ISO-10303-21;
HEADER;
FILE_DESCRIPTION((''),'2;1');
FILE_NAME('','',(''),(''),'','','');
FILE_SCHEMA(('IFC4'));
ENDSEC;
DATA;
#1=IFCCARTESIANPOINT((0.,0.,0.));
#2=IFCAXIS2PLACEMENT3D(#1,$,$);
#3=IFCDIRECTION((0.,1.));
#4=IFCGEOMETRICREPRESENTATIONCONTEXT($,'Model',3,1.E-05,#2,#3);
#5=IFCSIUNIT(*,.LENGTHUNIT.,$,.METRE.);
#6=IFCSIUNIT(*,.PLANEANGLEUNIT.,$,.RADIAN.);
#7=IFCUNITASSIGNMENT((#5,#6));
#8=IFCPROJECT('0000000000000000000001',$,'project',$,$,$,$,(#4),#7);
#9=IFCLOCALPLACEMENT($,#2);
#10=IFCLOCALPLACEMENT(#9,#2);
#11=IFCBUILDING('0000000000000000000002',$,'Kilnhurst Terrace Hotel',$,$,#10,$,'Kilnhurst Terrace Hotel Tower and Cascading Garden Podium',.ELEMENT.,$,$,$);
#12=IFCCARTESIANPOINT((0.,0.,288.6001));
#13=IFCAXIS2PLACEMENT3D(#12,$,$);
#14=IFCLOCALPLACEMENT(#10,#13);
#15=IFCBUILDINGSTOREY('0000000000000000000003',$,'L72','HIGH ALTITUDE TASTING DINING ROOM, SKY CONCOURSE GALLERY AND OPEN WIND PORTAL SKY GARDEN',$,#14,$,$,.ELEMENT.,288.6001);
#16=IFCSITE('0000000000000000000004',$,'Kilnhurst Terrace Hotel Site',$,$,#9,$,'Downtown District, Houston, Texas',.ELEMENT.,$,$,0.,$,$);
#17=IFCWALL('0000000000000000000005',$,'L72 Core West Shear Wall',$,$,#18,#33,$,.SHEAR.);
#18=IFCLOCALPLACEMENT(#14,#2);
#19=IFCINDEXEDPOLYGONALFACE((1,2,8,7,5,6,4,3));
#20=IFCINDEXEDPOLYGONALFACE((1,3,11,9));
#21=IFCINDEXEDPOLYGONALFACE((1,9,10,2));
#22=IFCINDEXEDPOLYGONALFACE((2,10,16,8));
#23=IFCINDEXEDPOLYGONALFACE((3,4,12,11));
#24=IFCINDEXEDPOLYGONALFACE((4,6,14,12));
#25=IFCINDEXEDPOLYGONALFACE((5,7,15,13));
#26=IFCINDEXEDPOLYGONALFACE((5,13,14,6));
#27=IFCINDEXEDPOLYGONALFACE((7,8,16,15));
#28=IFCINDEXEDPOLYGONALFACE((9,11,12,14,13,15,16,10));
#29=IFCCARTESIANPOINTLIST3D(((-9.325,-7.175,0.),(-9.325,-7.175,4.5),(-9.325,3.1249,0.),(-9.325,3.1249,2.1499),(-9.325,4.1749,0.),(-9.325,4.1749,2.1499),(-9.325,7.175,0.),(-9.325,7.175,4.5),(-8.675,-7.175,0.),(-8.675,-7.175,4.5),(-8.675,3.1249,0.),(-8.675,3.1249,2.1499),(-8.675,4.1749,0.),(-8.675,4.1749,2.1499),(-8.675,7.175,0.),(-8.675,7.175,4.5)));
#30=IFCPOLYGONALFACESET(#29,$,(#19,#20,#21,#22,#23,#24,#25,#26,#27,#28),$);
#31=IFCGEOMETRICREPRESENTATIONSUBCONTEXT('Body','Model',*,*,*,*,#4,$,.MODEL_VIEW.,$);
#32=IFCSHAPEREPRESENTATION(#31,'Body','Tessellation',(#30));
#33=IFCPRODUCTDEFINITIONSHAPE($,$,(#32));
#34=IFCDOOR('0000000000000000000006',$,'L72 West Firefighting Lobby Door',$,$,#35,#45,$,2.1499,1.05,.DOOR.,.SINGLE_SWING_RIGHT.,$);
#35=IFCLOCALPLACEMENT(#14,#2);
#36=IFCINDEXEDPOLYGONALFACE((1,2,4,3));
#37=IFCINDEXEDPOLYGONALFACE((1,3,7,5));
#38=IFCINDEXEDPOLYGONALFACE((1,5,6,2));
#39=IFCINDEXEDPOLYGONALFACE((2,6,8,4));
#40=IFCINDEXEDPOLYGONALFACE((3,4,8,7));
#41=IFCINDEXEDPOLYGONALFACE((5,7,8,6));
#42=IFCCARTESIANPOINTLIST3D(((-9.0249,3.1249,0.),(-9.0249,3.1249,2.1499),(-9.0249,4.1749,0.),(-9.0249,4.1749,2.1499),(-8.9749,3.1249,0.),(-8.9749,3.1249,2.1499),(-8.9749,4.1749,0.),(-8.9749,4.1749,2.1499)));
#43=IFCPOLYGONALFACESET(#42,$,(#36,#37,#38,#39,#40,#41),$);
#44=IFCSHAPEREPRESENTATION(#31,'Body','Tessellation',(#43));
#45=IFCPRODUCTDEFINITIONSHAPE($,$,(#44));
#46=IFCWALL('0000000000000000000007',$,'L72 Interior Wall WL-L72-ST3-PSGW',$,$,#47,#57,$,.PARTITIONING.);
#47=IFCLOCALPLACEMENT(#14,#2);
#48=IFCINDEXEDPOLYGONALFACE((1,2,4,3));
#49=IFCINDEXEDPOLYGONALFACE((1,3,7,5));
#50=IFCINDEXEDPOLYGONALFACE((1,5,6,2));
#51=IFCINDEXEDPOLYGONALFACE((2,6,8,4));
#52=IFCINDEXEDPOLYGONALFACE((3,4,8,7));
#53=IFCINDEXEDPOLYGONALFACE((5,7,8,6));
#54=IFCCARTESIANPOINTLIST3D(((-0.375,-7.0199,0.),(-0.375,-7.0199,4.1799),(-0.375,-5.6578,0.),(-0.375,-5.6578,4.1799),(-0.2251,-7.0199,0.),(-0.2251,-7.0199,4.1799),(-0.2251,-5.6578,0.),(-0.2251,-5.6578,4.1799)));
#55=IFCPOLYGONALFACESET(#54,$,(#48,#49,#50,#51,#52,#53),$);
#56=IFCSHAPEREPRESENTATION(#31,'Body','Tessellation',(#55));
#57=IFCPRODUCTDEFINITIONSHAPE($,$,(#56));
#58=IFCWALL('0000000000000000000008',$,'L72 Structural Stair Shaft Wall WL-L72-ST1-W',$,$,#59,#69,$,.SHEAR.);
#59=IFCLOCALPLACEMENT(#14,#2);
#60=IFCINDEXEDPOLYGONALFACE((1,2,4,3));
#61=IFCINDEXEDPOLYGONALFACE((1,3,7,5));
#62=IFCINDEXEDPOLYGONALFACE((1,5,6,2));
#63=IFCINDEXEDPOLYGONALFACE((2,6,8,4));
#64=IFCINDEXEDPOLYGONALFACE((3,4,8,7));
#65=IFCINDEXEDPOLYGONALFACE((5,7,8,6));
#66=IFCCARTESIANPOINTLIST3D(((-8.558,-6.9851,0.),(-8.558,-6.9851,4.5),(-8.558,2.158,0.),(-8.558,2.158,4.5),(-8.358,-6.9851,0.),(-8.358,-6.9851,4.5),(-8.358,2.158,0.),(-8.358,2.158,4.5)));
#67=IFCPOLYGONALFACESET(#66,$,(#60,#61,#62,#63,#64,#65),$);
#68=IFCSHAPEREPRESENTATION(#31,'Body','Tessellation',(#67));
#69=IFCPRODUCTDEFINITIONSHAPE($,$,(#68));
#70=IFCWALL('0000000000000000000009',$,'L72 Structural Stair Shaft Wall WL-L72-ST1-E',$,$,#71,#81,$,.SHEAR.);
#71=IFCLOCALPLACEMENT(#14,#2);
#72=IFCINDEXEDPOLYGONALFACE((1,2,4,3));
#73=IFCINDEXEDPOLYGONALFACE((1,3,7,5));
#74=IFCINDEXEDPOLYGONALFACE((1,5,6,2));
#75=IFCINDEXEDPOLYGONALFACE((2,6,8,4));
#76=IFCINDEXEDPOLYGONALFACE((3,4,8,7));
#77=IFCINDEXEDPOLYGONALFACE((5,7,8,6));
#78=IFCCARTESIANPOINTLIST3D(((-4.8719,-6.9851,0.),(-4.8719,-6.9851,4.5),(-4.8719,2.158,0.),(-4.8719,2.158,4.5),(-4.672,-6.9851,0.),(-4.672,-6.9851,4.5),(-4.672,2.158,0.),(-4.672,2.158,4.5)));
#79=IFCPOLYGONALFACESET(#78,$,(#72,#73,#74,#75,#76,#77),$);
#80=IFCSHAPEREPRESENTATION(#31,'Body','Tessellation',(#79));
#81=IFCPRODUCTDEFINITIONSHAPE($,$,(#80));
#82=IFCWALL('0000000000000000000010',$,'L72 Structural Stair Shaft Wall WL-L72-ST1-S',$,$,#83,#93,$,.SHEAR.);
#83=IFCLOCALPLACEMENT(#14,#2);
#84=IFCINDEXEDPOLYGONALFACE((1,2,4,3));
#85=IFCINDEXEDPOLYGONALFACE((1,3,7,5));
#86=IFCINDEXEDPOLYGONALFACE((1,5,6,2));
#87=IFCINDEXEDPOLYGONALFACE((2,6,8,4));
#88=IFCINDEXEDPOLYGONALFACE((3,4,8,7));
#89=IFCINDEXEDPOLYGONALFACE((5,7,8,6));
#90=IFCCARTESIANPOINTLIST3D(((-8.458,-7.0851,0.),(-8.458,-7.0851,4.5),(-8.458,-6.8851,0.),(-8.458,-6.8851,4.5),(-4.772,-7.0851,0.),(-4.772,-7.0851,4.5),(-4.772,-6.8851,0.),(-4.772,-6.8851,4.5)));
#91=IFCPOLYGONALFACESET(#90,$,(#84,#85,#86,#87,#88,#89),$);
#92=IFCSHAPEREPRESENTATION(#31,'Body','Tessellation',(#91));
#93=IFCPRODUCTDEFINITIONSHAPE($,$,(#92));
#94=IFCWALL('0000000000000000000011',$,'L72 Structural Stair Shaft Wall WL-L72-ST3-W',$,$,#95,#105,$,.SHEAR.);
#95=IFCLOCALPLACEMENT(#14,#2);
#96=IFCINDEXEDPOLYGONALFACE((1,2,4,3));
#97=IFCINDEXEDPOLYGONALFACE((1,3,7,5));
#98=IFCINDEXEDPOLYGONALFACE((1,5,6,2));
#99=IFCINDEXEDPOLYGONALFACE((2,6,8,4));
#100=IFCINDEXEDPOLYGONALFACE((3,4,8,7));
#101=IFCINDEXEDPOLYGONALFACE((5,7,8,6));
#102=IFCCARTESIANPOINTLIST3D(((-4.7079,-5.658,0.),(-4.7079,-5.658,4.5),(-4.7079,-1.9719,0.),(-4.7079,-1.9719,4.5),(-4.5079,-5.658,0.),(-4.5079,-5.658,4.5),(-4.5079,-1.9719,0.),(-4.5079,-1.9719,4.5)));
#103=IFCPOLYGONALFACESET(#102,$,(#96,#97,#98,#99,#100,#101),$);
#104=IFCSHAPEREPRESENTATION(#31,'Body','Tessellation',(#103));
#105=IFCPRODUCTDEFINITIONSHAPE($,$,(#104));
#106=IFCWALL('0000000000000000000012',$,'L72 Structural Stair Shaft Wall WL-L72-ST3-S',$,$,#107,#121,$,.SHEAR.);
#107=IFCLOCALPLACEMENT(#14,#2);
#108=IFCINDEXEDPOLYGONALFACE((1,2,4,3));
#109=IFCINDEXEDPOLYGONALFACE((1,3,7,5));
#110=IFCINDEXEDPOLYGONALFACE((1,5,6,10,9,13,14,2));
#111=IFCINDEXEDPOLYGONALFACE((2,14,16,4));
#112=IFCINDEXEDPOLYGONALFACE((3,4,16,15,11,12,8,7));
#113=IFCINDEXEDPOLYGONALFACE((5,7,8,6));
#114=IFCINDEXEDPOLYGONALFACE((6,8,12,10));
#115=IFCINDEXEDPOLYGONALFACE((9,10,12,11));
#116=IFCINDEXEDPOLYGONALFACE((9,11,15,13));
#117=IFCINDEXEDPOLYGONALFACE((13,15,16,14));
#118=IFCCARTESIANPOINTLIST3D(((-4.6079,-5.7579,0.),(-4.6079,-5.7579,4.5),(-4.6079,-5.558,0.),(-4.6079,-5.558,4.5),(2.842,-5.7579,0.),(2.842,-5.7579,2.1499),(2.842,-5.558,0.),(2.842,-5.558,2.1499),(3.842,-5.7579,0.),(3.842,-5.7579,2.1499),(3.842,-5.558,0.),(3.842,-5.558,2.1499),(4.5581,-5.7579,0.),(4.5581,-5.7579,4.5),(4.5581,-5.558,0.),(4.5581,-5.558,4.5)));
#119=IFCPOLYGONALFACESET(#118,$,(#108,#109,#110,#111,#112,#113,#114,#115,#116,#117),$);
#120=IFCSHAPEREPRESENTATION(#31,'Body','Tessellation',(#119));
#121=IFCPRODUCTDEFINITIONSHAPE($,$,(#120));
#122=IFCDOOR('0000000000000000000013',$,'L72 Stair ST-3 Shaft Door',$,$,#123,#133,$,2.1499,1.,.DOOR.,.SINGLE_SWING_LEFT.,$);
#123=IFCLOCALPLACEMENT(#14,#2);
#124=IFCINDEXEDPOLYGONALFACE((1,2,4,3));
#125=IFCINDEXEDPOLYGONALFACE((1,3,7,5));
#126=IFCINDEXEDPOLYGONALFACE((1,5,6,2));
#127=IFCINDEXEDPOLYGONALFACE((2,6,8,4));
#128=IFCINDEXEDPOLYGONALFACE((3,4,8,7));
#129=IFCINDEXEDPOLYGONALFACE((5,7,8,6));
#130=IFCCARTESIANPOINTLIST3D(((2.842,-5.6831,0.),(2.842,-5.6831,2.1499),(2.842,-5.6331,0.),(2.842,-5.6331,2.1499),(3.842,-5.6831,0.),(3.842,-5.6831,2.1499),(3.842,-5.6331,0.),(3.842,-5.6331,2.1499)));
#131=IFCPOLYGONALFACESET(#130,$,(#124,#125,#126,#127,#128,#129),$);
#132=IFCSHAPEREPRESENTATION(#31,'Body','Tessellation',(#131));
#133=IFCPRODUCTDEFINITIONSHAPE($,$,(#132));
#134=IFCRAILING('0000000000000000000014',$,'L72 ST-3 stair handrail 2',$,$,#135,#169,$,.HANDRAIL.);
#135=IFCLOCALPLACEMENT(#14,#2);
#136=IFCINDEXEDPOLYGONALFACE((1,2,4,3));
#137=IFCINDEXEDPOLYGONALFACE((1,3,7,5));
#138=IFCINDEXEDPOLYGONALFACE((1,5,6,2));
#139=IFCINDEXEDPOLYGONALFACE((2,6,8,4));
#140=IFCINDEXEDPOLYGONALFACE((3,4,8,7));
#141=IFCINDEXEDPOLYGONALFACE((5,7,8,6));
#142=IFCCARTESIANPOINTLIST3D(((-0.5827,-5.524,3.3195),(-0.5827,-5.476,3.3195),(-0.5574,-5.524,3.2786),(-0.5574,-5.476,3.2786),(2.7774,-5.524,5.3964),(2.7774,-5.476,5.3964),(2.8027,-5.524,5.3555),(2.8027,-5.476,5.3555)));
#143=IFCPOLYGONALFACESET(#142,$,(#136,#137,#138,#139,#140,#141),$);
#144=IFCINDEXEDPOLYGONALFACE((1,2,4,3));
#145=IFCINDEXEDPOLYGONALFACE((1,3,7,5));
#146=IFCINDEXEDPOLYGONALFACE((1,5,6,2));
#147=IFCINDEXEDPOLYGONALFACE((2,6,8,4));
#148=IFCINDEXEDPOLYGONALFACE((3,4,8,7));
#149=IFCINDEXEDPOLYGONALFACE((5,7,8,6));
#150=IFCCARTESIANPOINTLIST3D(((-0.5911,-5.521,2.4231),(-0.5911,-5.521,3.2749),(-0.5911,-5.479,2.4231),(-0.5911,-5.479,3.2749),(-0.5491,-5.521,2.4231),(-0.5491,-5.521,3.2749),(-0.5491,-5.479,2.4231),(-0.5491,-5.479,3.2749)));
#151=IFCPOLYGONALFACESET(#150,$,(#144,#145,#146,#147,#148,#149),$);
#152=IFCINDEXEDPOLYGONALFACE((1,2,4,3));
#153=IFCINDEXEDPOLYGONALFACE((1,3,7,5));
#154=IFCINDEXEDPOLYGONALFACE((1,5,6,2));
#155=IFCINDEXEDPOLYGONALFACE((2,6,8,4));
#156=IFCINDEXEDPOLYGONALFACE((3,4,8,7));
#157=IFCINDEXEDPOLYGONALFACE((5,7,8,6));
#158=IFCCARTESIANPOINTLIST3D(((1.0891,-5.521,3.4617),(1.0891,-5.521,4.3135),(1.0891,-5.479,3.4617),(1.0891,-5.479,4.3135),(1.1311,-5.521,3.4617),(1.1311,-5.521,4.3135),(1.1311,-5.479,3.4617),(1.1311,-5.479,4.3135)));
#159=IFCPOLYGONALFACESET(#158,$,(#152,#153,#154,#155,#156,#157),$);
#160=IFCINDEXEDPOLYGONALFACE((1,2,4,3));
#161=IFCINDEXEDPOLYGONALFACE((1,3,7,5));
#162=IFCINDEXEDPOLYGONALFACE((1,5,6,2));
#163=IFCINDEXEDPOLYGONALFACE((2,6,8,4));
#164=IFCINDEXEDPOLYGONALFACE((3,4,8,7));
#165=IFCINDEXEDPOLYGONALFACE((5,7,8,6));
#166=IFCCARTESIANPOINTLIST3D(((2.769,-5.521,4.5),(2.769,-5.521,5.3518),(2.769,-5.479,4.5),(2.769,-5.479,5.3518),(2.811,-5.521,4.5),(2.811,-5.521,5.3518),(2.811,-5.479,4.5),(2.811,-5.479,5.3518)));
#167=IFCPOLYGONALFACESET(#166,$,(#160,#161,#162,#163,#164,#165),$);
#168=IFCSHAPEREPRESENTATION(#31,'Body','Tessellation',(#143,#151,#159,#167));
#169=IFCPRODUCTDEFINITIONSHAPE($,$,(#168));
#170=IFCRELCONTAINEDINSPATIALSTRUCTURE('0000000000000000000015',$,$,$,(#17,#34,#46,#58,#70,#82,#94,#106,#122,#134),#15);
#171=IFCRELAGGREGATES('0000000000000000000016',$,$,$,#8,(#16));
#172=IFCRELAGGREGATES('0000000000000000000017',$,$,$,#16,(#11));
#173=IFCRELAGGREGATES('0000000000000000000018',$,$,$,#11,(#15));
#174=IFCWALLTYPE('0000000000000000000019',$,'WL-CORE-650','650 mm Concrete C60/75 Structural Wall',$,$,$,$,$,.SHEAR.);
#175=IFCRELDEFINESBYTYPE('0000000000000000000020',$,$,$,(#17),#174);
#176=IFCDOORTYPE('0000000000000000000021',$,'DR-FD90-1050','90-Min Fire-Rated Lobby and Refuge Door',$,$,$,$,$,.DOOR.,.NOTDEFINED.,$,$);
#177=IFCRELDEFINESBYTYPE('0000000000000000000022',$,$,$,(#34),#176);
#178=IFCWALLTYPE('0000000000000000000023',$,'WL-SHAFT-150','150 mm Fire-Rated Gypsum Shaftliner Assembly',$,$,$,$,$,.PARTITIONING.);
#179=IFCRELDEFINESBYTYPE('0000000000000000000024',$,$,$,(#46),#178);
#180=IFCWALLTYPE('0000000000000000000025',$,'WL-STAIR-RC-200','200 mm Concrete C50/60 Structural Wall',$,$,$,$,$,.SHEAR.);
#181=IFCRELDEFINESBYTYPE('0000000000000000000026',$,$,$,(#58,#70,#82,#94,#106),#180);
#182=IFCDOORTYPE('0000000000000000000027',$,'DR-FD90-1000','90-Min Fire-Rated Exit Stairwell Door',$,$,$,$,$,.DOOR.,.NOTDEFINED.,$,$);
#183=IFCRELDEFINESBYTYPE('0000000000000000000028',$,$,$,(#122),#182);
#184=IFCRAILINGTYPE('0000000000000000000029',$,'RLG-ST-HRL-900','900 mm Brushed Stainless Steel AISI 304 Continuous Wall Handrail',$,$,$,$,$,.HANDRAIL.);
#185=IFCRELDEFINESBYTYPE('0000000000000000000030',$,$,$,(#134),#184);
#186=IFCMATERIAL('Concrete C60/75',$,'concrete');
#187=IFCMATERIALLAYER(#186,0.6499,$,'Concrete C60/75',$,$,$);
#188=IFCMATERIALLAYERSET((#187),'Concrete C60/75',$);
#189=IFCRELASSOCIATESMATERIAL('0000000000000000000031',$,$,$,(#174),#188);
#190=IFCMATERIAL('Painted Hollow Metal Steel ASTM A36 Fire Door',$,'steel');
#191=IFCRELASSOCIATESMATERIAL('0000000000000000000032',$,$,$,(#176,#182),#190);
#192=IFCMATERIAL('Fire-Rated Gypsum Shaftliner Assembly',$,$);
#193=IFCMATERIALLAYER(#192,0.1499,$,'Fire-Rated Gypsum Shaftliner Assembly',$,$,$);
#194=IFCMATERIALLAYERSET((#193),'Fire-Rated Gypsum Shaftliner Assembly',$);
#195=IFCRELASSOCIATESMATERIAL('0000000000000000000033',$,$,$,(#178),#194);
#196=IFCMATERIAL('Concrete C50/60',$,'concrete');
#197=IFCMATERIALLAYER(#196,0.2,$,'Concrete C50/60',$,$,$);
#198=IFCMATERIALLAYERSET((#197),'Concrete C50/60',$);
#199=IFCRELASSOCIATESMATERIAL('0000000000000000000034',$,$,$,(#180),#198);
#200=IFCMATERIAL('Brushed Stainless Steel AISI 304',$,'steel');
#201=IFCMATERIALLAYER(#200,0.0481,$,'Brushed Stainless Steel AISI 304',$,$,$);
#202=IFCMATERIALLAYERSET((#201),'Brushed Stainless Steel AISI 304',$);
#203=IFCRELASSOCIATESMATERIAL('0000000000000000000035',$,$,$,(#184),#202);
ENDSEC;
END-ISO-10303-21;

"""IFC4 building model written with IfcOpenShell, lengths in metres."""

from ifc_helpers import new_model, si_unit, direction, frame, frame_2d, origin, origin_2d, place, context, subcontext, project, spatial, rectangle, extrude, material, layer, layer_set, type_object, element, fill, save


model = new_model("IFC4")

# Units and contexts
model_context = context("Model", 3, precision=1e-05, world=origin(), true_north=direction((0.0, 1.0)))
body_context = subcontext(model_context, "Body", "Model", "MODEL_VIEW")
ifc_project = project(units=[si_unit("LENGTHUNIT", "METRE"), si_unit("PLANEANGLEUNIT", "RADIAN")], contexts=[model_context])

# Site, building, storey
site_placement = place(None, origin())
site = spatial("IfcSite", under=ifc_project, at=site_placement, Name="Kilnhurst Terrace Hotel Site", LongName="Downtown District, Houston, Texas", CompositionType="ELEMENT", RefElevation=0.0)
building_placement = place(site_placement, origin())
building = spatial("IfcBuilding", under=site, at=building_placement, Name="Kilnhurst Terrace Hotel", LongName="Kilnhurst Terrace Hotel Tower and Cascading Garden Podium", CompositionType="ELEMENT")
storey_placement = place(building_placement, frame((0.0, 0.0, 288.6001)))
storey = spatial("IfcBuildingStorey", under=building, at=storey_placement, Name="L72", Description="HIGH ALTITUDE TASTING DINING ROOM, SKY CONCOURSE GALLERY AND OPEN WIND PORTAL SKY GARDEN", CompositionType="ELEMENT", Elevation=288.6001)

# Shared definitions
ifc_material_1 = material(Name="Concrete C60/75", Category="concrete")

# Shared definitions
ifc_material_2 = material(Name="Concrete C50/60", Category="concrete")

# Wall, opening, door
ifc_layer_1 = layer(ifc_material_1, 0.6499, Name="Concrete C60/75")
ifc_layer_set_1 = layer_set([ifc_layer_1], Name="Concrete C60/75")
wall_type_1 = type_object("IfcWallType", Name="WL-CORE-650", Description="650 mm Concrete C60/75 Structural Wall", PredefinedType="SHEAR", material=ifc_layer_set_1)
wall_1_placement = place(storey_placement, frame((-9.0, -7.175, 0.0), z_axis=(0.0, 0.0, 1.0), x_axis=(0.0, 1.0, 0.0)))
wall_1 = element("IfcWall", 1, at=wall_1_placement, inside=storey, type_object=wall_type_1, Name="L72 Core West Shear Wall", PredefinedType="SHEAR", context=body_context, shape_type="SweptSolid", body=[
    extrude(rectangle(XDim=14.3501, YDim=0.6499, at=frame_2d((7.175, 0.0))), origin(), (0.0, 0.0, 1.0), 4.5),
])
opening_1_placement = place(wall_1_placement, frame((10.3, 0.0, 0.0)))
opening_1 = element("IfcOpeningElement", 2, at=opening_1_placement, cuts=wall_1, PredefinedType="OPENING", context=body_context, shape_type="SweptSolid", body=[
    extrude(rectangle(XDim=1.05, YDim=2.1499, at=frame_2d((0.5249, 1.075))), frame((0.0, 0.335, 0.0), z_axis=(0.0, -1.0, 0.0), x_axis=(1.0, 0.0, 0.0)), (0.0, 0.0, 1.0), 0.6699),
])
ifc_material_3 = material(Name="Painted Hollow Metal Steel ASTM A36 Fire Door", Category="steel")
door_type_1 = type_object("IfcDoorType", Name="DR-FD90-1050", Description="90-Min Fire-Rated Lobby and Refuge Door", OperationType="NOTDEFINED", PredefinedType="DOOR", material=ifc_material_3)
door_1_placement = place(opening_1_placement, origin())
door_1 = element("IfcDoor", 3, at=door_1_placement, inside=storey, type_object=door_type_1, Name="L72 West Firefighting Lobby Door", OperationType="SINGLE_SWING_RIGHT", OverallHeight=2.1499, OverallWidth=1.05, PredefinedType="DOOR", context=body_context, shape_type="SweptSolid", body=[
    extrude(rectangle(XDim=1.05, YDim=2.1499, at=frame_2d((0.5249, 1.075))), frame((0.0, 0.0249, 0.0), z_axis=(0.0, -1.0, 0.0), x_axis=(1.0, 0.0, 0.0)), (0.0, 0.0, 1.0), 0.05),
])
fill(opening_1, door_1)

# Walls
ifc_material_4 = material(Name="Fire-Rated Gypsum Shaftliner Assembly")
ifc_layer_2 = layer(ifc_material_4, 0.1499, Name="Fire-Rated Gypsum Shaftliner Assembly")
ifc_layer_set_2 = layer_set([ifc_layer_2], Name="Fire-Rated Gypsum Shaftliner Assembly")
wall_type_2 = type_object("IfcWallType", Name="WL-SHAFT-150", Description="150 mm Fire-Rated Gypsum Shaftliner Assembly", PredefinedType="PARTITIONING", material=ifc_layer_set_2)
wall_2_placement = place(storey_placement, frame((-0.3, -7.02, 0.0), z_axis=(0.0, 0.0, 1.0), x_axis=(0.0, 1.0, 0.0)))
element("IfcWall", 4, at=wall_2_placement, inside=storey, type_object=wall_type_2, Name="L72 Interior Wall WL-L72-ST3-PSGW", PredefinedType="PARTITIONING", context=body_context, shape_type="SweptSolid", body=[
    extrude(rectangle(XDim=1.3621, YDim=0.1499, at=frame_2d((0.6812, 0.0))), origin(), (0.0, 0.0, 1.0), 4.1799),
])
ifc_layer_3 = layer(ifc_material_2, 0.2, Name="Concrete C50/60")
ifc_layer_set_3 = layer_set([ifc_layer_3], Name="Concrete C50/60")
wall_type_3 = type_object("IfcWallType", Name="WL-STAIR-RC-200", Description="200 mm Concrete C50/60 Structural Wall", PredefinedType="SHEAR", material=ifc_layer_set_3)
for number, where, z_axis, x_axis, name in (
    (5, (-8.458, -6.9851, 0.0), (0.0, 0.0, 1.0), (0.0, 1.0, 0.0), "L72 Structural Stair Shaft Wall WL-L72-ST1-W"),
    (6, (-4.772, -6.9851, 0.0), (0.0, 0.0, 1.0), (0.0, 1.0, 0.0), "L72 Structural Stair Shaft Wall WL-L72-ST1-E"),
):
    element("IfcWall", number, at=place(storey_placement, frame(where, z_axis=z_axis, x_axis=x_axis)), inside=storey, type_object=wall_type_3, Name=name, PredefinedType="SHEAR", context=body_context, shape_type="SweptSolid", body=[
        extrude(rectangle(XDim=9.1431, YDim=0.2, at=frame_2d((4.5715, 0.0))), origin(), (0.0, 0.0, 1.0), 4.5),
    ])
for number, where, z_axis, x_axis, name in (
    (7, (-8.458, -6.9851, 0.0), (0.0, 0.0, 1.0), (1.0, 0.0, 0.0), "L72 Structural Stair Shaft Wall WL-L72-ST1-S"),
    (8, (-4.6079, -5.658, 0.0), (0.0, 0.0, 1.0), (0.0, 1.0, 0.0), "L72 Structural Stair Shaft Wall WL-L72-ST3-W"),
):
    element("IfcWall", number, at=place(storey_placement, frame(where, z_axis=z_axis, x_axis=x_axis)), inside=storey, type_object=wall_type_3, Name=name, PredefinedType="SHEAR", context=body_context, shape_type="SweptSolid", body=[
        extrude(rectangle(XDim=3.686, YDim=0.2, at=frame_2d((1.843, 0.0))), origin(), (0.0, 0.0, 1.0), 4.5),
    ])

# Wall, opening, door
wall_3_placement = place(storey_placement, frame((-4.6079, -5.658, 0.0), z_axis=(0.0, 0.0, 1.0), x_axis=(1.0, 0.0, 0.0)))
wall_3 = element("IfcWall", 9, at=wall_3_placement, inside=storey, type_object=wall_type_3, Name="L72 Structural Stair Shaft Wall WL-L72-ST3-S", PredefinedType="SHEAR", context=body_context, shape_type="SweptSolid", body=[
    extrude(rectangle(XDim=9.166, YDim=0.2, at=frame_2d((4.583, 0.0))), origin(), (0.0, 0.0, 1.0), 4.5),
])
opening_2_placement = place(wall_3_placement, frame((7.45, 0.0, 0.0)))
opening_2 = element("IfcOpeningElement", 10, at=opening_2_placement, cuts=wall_3, PredefinedType="OPENING", context=body_context, shape_type="SweptSolid", body=[
    extrude(rectangle(XDim=1.0, YDim=2.1499, at=frame_2d((0.5, 1.075))), frame((0.0, 0.1099, 0.0), z_axis=(0.0, -1.0, 0.0), x_axis=(1.0, 0.0, 0.0)), (0.0, 0.0, 1.0), 0.22),
])
door_type_2 = type_object("IfcDoorType", Name="DR-FD90-1000", Description="90-Min Fire-Rated Exit Stairwell Door", OperationType="NOTDEFINED", PredefinedType="DOOR", material=ifc_material_3)
door_2_placement = place(opening_2_placement, origin())
door_2 = element("IfcDoor", 11, at=door_2_placement, inside=storey, type_object=door_type_2, Name="L72 Stair ST-3 Shaft Door", OperationType="SINGLE_SWING_LEFT", OverallHeight=2.1499, OverallWidth=1.0, PredefinedType="DOOR", context=body_context, shape_type="SweptSolid", body=[
    extrude(rectangle(XDim=1.0, YDim=2.1499, at=frame_2d((0.5, 1.075))), frame((0.0, 0.0249, 0.0), z_axis=(0.0, -1.0, 0.0), x_axis=(1.0, 0.0, 0.0)), (0.0, 0.0, 1.0), 0.05),
])
fill(opening_2, door_2)

# Railing
ifc_material_5 = material(Name="Brushed Stainless Steel AISI 304", Category="steel")
ifc_layer_4 = layer(ifc_material_5, 0.0481, Name="Brushed Stainless Steel AISI 304")
ifc_layer_set_4 = layer_set([ifc_layer_4], Name="Brushed Stainless Steel AISI 304")
railing_type = type_object("IfcRailingType", Name="RLG-ST-HRL-900", Description="900 mm Brushed Stainless Steel AISI 304 Continuous Wall Handrail", PredefinedType="HANDRAIL", material=ifc_layer_set_4)
railing_placement = place(storey_placement, frame((-0.5701, -5.5, 2.4231)))
element("IfcRailing", 12, at=railing_placement, inside=storey, type_object=railing_type, Name="L72 ST-3 stair handrail 2", PredefinedType="HANDRAIL", context=body_context, shape_type="SweptSolid", body=[
    extrude(rectangle(XDim=0.0481, YDim=0.0481, at=origin_2d()), frame((0.0, 0.0, 0.876), z_axis=(0.850623, 0.0, 0.525776), x_axis=(0.0, 1.0, 0.0)), (0.0, 0.0, 1.0), 3.9502),
    extrude(rectangle(XDim=0.042, YDim=0.042, at=origin_2d()), origin(), (0.0, 0.0, 1.0), 0.8518),
    extrude(rectangle(XDim=0.042, YDim=0.042, at=origin_2d()), frame((1.6802, 0.0, 1.0386)), (0.0, 0.0, 1.0), 0.8518),
    extrude(rectangle(XDim=0.042, YDim=0.042, at=origin_2d()), frame((3.3601, 0.0, 2.0769)), (0.0, 0.0, 1.0), 0.8518),
])

save(model, "model.ifc")
